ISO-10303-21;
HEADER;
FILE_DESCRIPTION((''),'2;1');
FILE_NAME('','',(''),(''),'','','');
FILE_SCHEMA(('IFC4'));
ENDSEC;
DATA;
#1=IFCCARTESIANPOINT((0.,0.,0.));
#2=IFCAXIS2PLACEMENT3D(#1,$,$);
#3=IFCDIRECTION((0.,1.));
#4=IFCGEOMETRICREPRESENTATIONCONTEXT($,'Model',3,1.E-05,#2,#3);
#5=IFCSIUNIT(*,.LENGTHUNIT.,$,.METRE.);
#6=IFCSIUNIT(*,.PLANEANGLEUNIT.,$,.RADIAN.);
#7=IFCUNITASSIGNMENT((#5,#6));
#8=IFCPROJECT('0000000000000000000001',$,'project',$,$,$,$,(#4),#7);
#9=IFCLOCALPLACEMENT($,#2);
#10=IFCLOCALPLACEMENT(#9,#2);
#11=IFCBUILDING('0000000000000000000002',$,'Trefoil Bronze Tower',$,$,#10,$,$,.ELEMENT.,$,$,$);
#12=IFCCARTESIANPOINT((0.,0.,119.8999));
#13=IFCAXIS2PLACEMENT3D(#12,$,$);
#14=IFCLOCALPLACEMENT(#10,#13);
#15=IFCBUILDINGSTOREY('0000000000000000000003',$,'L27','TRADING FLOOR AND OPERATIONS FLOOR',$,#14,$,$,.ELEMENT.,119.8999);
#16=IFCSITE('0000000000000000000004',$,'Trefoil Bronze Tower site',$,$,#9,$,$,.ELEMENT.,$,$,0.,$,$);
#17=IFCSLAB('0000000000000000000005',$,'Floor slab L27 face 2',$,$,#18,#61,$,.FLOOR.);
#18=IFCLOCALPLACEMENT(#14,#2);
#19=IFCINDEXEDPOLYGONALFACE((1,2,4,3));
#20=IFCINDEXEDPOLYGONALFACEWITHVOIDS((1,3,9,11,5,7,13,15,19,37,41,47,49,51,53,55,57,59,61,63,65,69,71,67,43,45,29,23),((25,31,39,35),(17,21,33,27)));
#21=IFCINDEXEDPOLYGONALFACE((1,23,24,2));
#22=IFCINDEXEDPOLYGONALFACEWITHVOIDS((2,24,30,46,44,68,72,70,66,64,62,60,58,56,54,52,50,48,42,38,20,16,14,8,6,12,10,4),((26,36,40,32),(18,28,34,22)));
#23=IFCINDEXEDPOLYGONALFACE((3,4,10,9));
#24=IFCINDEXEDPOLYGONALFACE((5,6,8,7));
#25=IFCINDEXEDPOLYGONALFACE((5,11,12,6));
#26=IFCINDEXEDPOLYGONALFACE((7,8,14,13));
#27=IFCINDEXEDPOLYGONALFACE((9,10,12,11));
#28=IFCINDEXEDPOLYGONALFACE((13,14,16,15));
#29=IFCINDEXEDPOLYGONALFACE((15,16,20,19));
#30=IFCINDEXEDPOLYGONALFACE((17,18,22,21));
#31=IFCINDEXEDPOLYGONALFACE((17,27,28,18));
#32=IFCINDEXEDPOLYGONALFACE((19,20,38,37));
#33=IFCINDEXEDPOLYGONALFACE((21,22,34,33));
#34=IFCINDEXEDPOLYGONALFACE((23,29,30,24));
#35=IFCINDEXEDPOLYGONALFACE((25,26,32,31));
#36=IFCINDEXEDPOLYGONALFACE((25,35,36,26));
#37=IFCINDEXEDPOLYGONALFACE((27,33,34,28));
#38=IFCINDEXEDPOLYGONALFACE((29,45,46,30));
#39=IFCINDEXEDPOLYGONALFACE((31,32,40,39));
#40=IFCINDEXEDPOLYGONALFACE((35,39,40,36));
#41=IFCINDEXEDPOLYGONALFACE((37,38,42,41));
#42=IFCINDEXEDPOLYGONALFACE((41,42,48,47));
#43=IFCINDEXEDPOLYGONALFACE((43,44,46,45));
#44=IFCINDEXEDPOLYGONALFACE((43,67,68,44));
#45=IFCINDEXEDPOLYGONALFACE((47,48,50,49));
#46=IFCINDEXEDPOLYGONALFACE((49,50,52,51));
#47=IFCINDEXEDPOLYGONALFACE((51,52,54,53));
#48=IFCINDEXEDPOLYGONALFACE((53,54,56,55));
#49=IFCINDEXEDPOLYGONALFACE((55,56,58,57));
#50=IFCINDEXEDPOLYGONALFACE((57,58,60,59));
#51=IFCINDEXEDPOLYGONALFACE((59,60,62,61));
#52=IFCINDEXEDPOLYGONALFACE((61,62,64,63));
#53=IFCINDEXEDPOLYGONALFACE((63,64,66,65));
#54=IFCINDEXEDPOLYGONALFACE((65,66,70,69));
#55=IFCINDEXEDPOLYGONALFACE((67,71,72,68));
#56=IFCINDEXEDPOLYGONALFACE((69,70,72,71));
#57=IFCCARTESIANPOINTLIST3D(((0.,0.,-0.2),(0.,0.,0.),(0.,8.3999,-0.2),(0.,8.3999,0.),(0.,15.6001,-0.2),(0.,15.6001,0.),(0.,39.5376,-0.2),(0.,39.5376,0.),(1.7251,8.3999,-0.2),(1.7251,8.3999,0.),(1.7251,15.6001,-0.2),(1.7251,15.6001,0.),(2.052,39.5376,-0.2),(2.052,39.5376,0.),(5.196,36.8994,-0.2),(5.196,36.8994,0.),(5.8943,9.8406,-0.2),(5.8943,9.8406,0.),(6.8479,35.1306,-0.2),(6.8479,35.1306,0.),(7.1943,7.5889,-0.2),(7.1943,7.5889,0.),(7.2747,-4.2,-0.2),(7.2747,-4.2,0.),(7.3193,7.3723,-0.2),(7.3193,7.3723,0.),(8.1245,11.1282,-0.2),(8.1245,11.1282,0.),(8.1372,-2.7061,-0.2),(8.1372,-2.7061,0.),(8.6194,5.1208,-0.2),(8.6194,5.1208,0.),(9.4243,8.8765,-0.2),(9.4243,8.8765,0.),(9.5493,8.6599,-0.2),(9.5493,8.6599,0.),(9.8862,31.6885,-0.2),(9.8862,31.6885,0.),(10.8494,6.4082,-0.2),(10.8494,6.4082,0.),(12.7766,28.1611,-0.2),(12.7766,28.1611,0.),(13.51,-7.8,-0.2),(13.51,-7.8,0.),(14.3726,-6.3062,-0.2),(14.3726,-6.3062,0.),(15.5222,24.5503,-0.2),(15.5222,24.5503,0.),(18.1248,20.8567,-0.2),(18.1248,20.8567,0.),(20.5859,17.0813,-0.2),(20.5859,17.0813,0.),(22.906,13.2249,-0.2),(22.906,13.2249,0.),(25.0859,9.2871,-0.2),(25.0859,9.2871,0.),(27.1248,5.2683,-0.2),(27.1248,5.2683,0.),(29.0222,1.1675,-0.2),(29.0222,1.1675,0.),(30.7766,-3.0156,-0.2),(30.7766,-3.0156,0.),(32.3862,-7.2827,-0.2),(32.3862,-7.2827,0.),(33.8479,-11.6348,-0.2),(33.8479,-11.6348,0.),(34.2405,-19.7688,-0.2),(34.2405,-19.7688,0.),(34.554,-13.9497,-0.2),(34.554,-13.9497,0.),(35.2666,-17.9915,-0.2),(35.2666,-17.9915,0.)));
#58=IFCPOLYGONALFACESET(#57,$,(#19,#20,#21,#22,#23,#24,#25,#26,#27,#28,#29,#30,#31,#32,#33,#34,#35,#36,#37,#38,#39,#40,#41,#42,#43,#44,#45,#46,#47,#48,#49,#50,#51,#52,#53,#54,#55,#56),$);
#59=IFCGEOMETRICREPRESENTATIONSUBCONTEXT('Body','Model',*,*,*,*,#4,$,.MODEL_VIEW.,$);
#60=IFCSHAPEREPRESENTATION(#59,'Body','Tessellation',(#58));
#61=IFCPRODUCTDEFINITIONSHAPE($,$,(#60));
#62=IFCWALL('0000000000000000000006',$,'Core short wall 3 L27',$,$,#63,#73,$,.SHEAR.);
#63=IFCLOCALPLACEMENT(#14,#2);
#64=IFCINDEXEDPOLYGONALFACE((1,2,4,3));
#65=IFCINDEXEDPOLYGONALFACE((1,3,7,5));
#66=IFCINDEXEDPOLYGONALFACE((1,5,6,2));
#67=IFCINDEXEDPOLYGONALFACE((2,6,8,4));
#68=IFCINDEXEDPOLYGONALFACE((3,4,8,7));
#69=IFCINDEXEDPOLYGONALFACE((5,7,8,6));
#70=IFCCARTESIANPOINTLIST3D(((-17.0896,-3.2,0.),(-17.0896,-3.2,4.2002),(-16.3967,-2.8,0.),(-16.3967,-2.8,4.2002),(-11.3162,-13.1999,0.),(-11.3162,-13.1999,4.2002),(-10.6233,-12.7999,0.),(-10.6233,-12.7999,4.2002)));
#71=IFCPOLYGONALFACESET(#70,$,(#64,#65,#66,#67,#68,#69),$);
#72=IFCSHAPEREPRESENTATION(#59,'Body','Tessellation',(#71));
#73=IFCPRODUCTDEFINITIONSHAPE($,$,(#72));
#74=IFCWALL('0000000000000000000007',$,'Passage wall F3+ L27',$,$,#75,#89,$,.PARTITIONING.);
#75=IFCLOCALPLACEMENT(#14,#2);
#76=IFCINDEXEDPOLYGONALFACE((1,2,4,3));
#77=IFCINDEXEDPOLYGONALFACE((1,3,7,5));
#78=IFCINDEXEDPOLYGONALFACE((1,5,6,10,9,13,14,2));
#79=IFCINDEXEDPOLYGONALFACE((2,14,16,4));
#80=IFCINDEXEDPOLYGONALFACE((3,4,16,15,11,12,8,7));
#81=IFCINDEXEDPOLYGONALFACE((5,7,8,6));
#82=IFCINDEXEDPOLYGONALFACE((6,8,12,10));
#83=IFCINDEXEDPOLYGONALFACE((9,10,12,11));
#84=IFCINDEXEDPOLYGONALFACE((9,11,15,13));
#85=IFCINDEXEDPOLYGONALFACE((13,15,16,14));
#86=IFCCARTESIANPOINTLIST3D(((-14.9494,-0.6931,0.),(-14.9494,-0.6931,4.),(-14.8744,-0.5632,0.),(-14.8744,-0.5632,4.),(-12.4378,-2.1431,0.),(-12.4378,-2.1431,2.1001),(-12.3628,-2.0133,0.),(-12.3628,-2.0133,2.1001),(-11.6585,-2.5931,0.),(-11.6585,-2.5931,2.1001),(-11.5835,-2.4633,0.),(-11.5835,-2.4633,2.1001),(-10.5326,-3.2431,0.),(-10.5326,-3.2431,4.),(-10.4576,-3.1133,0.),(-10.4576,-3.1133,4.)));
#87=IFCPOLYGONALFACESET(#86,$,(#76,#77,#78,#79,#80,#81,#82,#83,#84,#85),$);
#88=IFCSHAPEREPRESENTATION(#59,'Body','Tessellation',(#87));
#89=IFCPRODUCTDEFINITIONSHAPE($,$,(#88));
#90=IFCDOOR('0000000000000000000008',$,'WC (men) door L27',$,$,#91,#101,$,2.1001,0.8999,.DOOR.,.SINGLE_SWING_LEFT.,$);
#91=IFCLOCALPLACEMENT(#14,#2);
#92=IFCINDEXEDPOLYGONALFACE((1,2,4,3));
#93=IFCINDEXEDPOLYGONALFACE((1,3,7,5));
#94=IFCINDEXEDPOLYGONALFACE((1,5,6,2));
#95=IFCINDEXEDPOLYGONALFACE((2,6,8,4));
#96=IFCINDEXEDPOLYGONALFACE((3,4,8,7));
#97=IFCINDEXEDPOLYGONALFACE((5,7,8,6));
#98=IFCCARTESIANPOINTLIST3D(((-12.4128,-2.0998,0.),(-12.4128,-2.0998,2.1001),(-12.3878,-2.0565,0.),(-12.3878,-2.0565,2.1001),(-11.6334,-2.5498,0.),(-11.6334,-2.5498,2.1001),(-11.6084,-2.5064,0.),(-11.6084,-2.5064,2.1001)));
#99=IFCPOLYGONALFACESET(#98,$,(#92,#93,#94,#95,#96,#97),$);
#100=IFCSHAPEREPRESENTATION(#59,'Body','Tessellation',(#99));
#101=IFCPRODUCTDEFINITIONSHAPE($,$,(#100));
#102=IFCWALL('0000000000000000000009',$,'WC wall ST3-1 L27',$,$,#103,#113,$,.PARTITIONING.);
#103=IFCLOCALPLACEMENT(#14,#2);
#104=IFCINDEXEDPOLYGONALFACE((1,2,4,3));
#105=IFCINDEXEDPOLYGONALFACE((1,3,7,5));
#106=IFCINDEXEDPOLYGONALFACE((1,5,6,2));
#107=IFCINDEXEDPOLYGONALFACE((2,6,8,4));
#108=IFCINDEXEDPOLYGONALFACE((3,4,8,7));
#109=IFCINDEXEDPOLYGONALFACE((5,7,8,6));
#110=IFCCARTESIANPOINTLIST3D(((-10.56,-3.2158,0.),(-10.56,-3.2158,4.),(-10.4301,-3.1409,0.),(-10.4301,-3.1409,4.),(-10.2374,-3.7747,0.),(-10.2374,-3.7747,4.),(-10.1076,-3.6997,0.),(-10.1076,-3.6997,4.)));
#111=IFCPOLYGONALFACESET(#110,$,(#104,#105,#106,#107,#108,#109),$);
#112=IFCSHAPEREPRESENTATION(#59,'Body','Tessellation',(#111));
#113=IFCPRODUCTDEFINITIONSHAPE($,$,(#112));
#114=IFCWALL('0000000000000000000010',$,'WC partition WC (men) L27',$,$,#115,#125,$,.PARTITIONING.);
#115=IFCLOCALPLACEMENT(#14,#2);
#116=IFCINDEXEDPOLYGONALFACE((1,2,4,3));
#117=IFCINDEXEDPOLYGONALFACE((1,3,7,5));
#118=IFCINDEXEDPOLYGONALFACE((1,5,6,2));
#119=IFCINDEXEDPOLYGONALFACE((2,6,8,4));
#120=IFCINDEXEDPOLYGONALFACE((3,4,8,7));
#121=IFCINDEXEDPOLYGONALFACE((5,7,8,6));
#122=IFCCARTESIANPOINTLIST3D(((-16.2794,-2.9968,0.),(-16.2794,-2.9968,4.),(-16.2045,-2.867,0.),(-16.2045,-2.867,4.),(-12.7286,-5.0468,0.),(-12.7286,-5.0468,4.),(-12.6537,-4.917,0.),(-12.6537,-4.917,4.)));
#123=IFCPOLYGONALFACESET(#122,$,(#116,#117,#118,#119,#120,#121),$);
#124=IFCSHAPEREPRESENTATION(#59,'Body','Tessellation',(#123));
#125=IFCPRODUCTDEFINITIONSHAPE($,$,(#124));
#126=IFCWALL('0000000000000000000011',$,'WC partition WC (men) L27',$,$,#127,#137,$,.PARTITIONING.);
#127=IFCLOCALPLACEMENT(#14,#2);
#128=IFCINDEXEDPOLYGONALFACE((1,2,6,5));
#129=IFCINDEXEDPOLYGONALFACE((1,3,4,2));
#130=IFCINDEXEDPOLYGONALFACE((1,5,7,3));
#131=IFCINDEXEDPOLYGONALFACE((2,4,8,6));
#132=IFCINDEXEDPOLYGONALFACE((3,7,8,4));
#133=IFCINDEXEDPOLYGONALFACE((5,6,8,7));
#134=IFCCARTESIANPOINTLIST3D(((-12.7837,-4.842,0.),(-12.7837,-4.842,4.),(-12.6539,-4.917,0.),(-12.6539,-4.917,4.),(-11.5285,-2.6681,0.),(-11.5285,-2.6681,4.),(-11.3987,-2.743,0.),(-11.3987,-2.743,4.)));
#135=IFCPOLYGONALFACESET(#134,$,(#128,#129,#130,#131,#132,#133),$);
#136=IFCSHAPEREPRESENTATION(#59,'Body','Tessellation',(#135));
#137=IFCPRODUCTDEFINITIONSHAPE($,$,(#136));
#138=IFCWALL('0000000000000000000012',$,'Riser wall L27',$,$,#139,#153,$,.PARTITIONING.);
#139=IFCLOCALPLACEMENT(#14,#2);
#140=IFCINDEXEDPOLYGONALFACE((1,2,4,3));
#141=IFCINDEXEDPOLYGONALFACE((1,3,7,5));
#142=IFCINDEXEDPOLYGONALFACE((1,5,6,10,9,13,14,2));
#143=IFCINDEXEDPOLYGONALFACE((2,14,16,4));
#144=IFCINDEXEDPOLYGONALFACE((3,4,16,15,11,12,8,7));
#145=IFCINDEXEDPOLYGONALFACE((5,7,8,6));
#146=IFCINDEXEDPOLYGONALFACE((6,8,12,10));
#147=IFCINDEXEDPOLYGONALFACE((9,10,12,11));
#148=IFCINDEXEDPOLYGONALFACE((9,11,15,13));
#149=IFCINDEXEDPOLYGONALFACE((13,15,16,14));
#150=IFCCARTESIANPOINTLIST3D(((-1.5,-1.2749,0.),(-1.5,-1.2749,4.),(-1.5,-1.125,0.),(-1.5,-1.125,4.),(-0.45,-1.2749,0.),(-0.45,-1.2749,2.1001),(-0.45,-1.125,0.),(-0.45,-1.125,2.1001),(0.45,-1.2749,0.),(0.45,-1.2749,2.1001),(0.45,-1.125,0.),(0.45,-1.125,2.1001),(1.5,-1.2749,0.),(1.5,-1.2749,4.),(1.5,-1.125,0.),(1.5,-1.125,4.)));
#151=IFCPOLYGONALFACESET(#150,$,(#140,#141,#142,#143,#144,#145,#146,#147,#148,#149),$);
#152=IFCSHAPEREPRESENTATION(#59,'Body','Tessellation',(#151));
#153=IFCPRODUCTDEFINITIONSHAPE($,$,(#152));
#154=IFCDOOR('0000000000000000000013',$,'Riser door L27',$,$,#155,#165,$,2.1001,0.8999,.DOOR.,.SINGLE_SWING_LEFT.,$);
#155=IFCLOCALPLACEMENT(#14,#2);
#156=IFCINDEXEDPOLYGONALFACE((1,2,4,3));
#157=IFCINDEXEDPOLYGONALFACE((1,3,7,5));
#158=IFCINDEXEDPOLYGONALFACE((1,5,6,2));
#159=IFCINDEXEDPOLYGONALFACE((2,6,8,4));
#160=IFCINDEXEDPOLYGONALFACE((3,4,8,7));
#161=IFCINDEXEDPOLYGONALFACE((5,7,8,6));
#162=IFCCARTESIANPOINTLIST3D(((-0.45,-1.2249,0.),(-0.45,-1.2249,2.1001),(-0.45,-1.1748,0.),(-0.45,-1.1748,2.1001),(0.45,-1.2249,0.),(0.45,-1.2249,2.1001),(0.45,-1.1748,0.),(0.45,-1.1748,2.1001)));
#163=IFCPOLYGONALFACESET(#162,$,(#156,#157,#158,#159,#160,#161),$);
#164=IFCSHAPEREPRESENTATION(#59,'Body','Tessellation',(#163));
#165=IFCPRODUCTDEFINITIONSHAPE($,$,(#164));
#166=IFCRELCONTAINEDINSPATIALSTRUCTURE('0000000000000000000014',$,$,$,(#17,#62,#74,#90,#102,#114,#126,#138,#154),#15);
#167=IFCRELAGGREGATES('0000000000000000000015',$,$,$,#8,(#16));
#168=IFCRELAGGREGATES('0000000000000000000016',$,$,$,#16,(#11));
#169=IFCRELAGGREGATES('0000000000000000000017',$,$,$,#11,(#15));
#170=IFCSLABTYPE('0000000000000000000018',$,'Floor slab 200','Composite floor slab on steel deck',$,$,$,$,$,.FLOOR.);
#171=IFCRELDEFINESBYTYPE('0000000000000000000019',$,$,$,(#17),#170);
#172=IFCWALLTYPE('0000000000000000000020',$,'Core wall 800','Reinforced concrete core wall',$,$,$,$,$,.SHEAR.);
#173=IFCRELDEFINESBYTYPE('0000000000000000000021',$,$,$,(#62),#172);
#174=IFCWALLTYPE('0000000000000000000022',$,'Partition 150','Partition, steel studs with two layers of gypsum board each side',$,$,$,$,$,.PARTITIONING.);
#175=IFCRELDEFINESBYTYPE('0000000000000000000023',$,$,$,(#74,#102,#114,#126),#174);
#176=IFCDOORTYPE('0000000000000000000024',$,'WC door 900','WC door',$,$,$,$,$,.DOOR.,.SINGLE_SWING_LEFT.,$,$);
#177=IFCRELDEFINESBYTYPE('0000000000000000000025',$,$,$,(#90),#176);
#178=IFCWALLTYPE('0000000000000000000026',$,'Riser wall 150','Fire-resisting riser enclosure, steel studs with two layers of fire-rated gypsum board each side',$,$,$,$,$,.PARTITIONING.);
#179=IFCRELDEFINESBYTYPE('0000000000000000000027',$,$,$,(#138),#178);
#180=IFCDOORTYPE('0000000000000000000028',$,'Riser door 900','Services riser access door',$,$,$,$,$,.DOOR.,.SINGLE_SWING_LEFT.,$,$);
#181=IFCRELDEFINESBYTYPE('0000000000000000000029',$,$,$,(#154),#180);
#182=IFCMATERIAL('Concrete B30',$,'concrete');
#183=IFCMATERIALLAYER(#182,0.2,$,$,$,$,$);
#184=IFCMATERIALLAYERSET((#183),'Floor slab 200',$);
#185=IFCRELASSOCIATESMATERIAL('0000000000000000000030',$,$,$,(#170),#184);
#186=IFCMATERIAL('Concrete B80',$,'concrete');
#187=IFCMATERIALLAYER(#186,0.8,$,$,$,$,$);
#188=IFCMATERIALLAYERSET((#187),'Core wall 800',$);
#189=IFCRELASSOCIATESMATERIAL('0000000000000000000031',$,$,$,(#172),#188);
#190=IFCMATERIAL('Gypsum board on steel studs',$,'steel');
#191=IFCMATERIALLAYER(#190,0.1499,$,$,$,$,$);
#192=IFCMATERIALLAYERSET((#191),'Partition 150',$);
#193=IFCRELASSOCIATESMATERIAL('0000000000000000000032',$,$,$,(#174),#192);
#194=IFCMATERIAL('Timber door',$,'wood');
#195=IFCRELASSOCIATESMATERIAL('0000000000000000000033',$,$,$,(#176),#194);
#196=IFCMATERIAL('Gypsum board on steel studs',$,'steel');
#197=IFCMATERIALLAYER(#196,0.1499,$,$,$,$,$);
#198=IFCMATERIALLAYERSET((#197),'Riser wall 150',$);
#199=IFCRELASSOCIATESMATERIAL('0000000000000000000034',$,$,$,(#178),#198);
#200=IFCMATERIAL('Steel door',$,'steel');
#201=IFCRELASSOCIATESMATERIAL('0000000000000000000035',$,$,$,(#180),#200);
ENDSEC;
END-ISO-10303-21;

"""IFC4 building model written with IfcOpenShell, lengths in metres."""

from ifc_helpers import new_model, si_unit, direction, frame, frame_2d, origin, place, context, subcontext, project, spatial, polyline, rectangle, outline, extrude, material, layer, layer_set, type_object, element, fill, save


model = new_model("IFC4")

# Units and contexts
model_context = context("Model", 3, precision=1e-05, world=origin(), true_north=direction((0.0, 1.0)))
body_context = subcontext(model_context, "Body", "Model", "MODEL_VIEW")
ifc_project = project(units=[si_unit("LENGTHUNIT", "METRE"), si_unit("PLANEANGLEUNIT", "RADIAN")], contexts=[model_context])

# Site, building, storey
site_placement = place(None, origin())
site = spatial("IfcSite", under=ifc_project, at=site_placement, Name="Trefoil Bronze Tower site", CompositionType="ELEMENT", RefElevation=0.0)
building_placement = place(site_placement, origin())
building = spatial("IfcBuilding", under=site, at=building_placement, Name="Trefoil Bronze Tower", CompositionType="ELEMENT")
storey_placement = place(building_placement, frame((0.0, 0.0, 119.8999)))
storey = spatial("IfcBuildingStorey", under=building, at=storey_placement, Name="L27", Description="TRADING FLOOR AND OPERATIONS FLOOR", CompositionType="ELEMENT", Elevation=119.8999)

# Slab
ifc_material_1 = material(Name="Concrete B30", Category="concrete")
ifc_layer_1 = layer(ifc_material_1, 0.2)
ifc_layer_set_1 = layer_set([ifc_layer_1], Name="Floor slab 200")
slab_type = type_object("IfcSlabType", Name="Floor slab 200", Description="Composite floor slab on steel deck", PredefinedType="FLOOR", material=ifc_layer_set_1)
slab_1_placement = place(storey_placement, frame((0.0, 0.0, -0.2)))
element("IfcSlab", 1, at=slab_1_placement, inside=storey, type_object=slab_type, Name="Floor slab L27 face 2", PredefinedType="FLOOR", context=body_context, shape_type="SweptSolid", body=[
    extrude(outline(polyline([(9.8862, 31.6885), (12.7766, 28.1611), (15.5222, 24.5503), (18.1248, 20.8567), (20.5859, 17.0813), (22.906, 13.2249), (25.0859, 9.2871), (27.1248, 5.2683), (29.0222, 1.1675), (30.7766, -3.0156), (32.3862, -7.2827), (33.8479, -11.6348), (34.554, -13.9497), (35.2666, -17.9915), (34.2405, -19.7688), (13.51, -7.8), (14.3726, -6.3062), (8.1372, -2.7061), (7.2747, -4.2), (0.0, 0.0), (0.0, 8.3999), (1.7251, 8.3999), (1.7251, 15.6001), (0.0, 15.6001), (0.0, 39.5376), (2.052, 39.5376), (5.196, 36.8994), (6.8479, 35.1306), (9.8862, 31.6885)]), holes=[polyline([(8.6194, 5.1208), (7.3193, 7.3723), (9.5493, 8.6599), (10.8494, 6.4082), (8.6194, 5.1208)]), polyline([(7.1943, 7.5889), (5.8943, 9.8406), (8.1245, 11.1282), (9.4243, 8.8765), (7.1943, 7.5889)])]), origin(), (0.0, 0.0, 1.0), 0.2),
])

# Wall
ifc_material_2 = material(Name="Concrete B80", Category="concrete")
ifc_layer_2 = layer(ifc_material_2, 0.8)
ifc_layer_set_2 = layer_set([ifc_layer_2], Name="Core wall 800")
wall_type_1 = type_object("IfcWallType", Name="Core wall 800", Description="Reinforced concrete core wall", PredefinedType="SHEAR", material=ifc_layer_set_2)
wall_1_placement = place(storey_placement, frame((-16.7432, -3.0, 0.0), z_axis=(0.0, 0.0, 1.0), x_axis=(0.499996, -0.866028, 0.0)))
element("IfcWall", 2, at=wall_1_placement, inside=storey, type_object=wall_type_1, Name="Core short wall 3 L27", PredefinedType="SHEAR", context=body_context, shape_type="SweptSolid", body=[
    extrude(rectangle(XDim=11.5469, YDim=0.8, at=frame_2d((5.7734, 0.0))), origin(), (0.0, 0.0, 1.0), 4.2002),
])

# Wall, opening, door
ifc_material_3 = material(Name="Gypsum board on steel studs", Category="steel")
ifc_layer_3 = layer(ifc_material_3, 0.1499)
ifc_layer_set_3 = layer_set([ifc_layer_3], Name="Partition 150")
wall_type_2 = type_object("IfcWallType", Name="Partition 150", Description="Partition, steel studs with two layers of gypsum board each side", PredefinedType="PARTITIONING", material=ifc_layer_set_3)
wall_2_placement = place(storey_placement, frame((-10.4951, -3.1782, 0.0), z_axis=(0.0, 0.0, 1.0), x_axis=(-0.866022, 0.500006, 0.0)))
wall_2 = element("IfcWall", 3, at=wall_2_placement, inside=storey, type_object=wall_type_2, Name="Passage wall F3+ L27", PredefinedType="PARTITIONING", context=body_context, shape_type="SweptSolid", body=[
    extrude(rectangle(XDim=5.1001, YDim=0.1499, at=frame_2d((2.55, 0.0))), origin(), (0.0, 0.0, 1.0), 4.0),
])
opening_1_placement = place(wall_2_placement, frame((1.3, 0.0, 0.0)))
opening_1 = element("IfcOpeningElement", 4, at=opening_1_placement, cuts=wall_2, PredefinedType="OPENING", context=body_context, shape_type="SweptSolid", body=[
    extrude(rectangle(XDim=0.8999, YDim=2.1001, at=frame_2d((0.45, 1.05))), frame((0.0, 0.085, 0.0), z_axis=(0.0, -1.0, 0.0), x_axis=(1.0, 0.0, 0.0)), (0.0, 0.0, 1.0), 0.1699),
])
ifc_material_4 = material(Name="Timber door", Category="wood")
door_type_1 = type_object("IfcDoorType", Name="WC door 900", Description="WC door", OperationType="SINGLE_SWING_LEFT", PredefinedType="DOOR", material=ifc_material_4)
door_1_placement = place(opening_1_placement, origin())
door_1 = element("IfcDoor", 5, at=door_1_placement, inside=storey, type_object=door_type_1, Name="WC (men) door L27", OperationType="SINGLE_SWING_LEFT", OverallHeight=2.1001, OverallWidth=0.8999, PredefinedType="DOOR", context=body_context, shape_type="SweptSolid", body=[
    extrude(rectangle(XDim=0.8999, YDim=2.1001, at=frame_2d((0.45, 1.05))), frame((0.0, 0.0249, 0.0), z_axis=(0.0, -1.0, 0.0), x_axis=(1.0, 0.0, 0.0)), (0.0, 0.0, 1.0), 0.05),
])
fill(opening_1, door_1)

# Walls
wall_3_placement = place(storey_placement, frame((-10.4951, -3.1782, 0.0), z_axis=(0.0, 0.0, 1.0), x_axis=(0.499843, -0.866116, 0.0)))
element("IfcWall", 6, at=wall_3_placement, inside=storey, type_object=wall_type_2, Name="WC wall ST3-1 L27", PredefinedType="PARTITIONING", context=body_context, shape_type="SweptSolid", body=[
    extrude(rectangle(XDim=0.6453, YDim=0.1499, at=frame_2d((0.3228, 0.0))), origin(), (0.0, 0.0, 1.0), 4.0),
])
wall_4_placement = place(storey_placement, frame((-12.6912, -4.9819, 0.0), z_axis=(0.0, 0.0, 1.0), x_axis=(-0.866025, 0.500001, 0.0)))
element("IfcWall", 7, at=wall_4_placement, inside=storey, type_object=wall_type_2, Name="WC partition WC (men) L27", PredefinedType="PARTITIONING", context=body_context, shape_type="SweptSolid", body=[
    extrude(rectangle(XDim=4.1001, YDim=0.1499, at=frame_2d((2.05, 0.0))), origin(), (0.0, 0.0, 1.0), 4.0),
])
wall_5_placement = place(storey_placement, frame((-11.4636, -2.7056, 0.0), z_axis=(0.0, 0.0, 1.0), x_axis=(-0.50002, -0.866014, 0.0)))
element("IfcWall", 8, at=wall_5_placement, inside=storey, type_object=wall_type_2, Name="WC partition WC (men) L27", PredefinedType="PARTITIONING", context=body_context, shape_type="SweptSolid", body=[
    extrude(rectangle(XDim=2.5103, YDim=0.1499, at=frame_2d((1.2551, 0.0))), origin(), (0.0, 0.0, 1.0), 4.0),
])

# Wall, opening, door
ifc_material_5 = material(Name="Gypsum board on steel studs", Category="steel")
ifc_layer_4 = layer(ifc_material_5, 0.1499)
ifc_layer_set_4 = layer_set([ifc_layer_4], Name="Riser wall 150")
wall_type_3 = type_object("IfcWallType", Name="Riser wall 150", Description="Fire-resisting riser enclosure, steel studs with two layers of fire-rated gypsum board each side", PredefinedType="PARTITIONING", material=ifc_layer_set_4)
wall_6_placement = place(storey_placement, frame((-1.5, -1.2, 0.0), z_axis=(0.0, 0.0, 1.0), x_axis=(1.0, 0.0, 0.0)))
wall_6 = element("IfcWall", 9, at=wall_6_placement, inside=storey, type_object=wall_type_3, Name="Riser wall L27", PredefinedType="PARTITIONING", context=body_context, shape_type="SweptSolid", body=[
    extrude(rectangle(XDim=3.0, YDim=0.1499, at=frame_2d((1.5, 0.0))), origin(), (0.0, 0.0, 1.0), 4.0),
])
opening_2_placement = place(wall_6_placement, frame((1.05, 0.0, 0.0)))
opening_2 = element("IfcOpeningElement", 10, at=opening_2_placement, cuts=wall_6, PredefinedType="OPENING", context=body_context, shape_type="SweptSolid", body=[
    extrude(rectangle(XDim=0.8999, YDim=2.1001, at=frame_2d((0.45, 1.05))), frame((0.0, 0.085, 0.0), z_axis=(0.0, -1.0, 0.0), x_axis=(1.0, 0.0, 0.0)), (0.0, 0.0, 1.0), 0.1699),
])
ifc_material_6 = material(Name="Steel door", Category="steel")
door_type_2 = type_object("IfcDoorType", Name="Riser door 900", Description="Services riser access door", OperationType="SINGLE_SWING_LEFT", PredefinedType="DOOR", material=ifc_material_6)
door_2_placement = place(opening_2_placement, frame((0.8999, 0.0, 0.0), z_axis=(0.0, 0.0, 1.0), x_axis=(-1.0, 0.0, 0.0)))
door_2 = element("IfcDoor", 11, at=door_2_placement, inside=storey, type_object=door_type_2, Name="Riser door L27", OperationType="SINGLE_SWING_LEFT", OverallHeight=2.1001, OverallWidth=0.8999, PredefinedType="DOOR", context=body_context, shape_type="SweptSolid", body=[
    extrude(rectangle(XDim=0.8999, YDim=2.1001, at=frame_2d((0.45, 1.05))), frame((0.0, 0.0249, 0.0), z_axis=(0.0, -1.0, 0.0), x_axis=(1.0, 0.0, 0.0)), (0.0, 0.0, 1.0), 0.05),
])
fill(opening_2, door_2)

save(model, "model.ifc")
